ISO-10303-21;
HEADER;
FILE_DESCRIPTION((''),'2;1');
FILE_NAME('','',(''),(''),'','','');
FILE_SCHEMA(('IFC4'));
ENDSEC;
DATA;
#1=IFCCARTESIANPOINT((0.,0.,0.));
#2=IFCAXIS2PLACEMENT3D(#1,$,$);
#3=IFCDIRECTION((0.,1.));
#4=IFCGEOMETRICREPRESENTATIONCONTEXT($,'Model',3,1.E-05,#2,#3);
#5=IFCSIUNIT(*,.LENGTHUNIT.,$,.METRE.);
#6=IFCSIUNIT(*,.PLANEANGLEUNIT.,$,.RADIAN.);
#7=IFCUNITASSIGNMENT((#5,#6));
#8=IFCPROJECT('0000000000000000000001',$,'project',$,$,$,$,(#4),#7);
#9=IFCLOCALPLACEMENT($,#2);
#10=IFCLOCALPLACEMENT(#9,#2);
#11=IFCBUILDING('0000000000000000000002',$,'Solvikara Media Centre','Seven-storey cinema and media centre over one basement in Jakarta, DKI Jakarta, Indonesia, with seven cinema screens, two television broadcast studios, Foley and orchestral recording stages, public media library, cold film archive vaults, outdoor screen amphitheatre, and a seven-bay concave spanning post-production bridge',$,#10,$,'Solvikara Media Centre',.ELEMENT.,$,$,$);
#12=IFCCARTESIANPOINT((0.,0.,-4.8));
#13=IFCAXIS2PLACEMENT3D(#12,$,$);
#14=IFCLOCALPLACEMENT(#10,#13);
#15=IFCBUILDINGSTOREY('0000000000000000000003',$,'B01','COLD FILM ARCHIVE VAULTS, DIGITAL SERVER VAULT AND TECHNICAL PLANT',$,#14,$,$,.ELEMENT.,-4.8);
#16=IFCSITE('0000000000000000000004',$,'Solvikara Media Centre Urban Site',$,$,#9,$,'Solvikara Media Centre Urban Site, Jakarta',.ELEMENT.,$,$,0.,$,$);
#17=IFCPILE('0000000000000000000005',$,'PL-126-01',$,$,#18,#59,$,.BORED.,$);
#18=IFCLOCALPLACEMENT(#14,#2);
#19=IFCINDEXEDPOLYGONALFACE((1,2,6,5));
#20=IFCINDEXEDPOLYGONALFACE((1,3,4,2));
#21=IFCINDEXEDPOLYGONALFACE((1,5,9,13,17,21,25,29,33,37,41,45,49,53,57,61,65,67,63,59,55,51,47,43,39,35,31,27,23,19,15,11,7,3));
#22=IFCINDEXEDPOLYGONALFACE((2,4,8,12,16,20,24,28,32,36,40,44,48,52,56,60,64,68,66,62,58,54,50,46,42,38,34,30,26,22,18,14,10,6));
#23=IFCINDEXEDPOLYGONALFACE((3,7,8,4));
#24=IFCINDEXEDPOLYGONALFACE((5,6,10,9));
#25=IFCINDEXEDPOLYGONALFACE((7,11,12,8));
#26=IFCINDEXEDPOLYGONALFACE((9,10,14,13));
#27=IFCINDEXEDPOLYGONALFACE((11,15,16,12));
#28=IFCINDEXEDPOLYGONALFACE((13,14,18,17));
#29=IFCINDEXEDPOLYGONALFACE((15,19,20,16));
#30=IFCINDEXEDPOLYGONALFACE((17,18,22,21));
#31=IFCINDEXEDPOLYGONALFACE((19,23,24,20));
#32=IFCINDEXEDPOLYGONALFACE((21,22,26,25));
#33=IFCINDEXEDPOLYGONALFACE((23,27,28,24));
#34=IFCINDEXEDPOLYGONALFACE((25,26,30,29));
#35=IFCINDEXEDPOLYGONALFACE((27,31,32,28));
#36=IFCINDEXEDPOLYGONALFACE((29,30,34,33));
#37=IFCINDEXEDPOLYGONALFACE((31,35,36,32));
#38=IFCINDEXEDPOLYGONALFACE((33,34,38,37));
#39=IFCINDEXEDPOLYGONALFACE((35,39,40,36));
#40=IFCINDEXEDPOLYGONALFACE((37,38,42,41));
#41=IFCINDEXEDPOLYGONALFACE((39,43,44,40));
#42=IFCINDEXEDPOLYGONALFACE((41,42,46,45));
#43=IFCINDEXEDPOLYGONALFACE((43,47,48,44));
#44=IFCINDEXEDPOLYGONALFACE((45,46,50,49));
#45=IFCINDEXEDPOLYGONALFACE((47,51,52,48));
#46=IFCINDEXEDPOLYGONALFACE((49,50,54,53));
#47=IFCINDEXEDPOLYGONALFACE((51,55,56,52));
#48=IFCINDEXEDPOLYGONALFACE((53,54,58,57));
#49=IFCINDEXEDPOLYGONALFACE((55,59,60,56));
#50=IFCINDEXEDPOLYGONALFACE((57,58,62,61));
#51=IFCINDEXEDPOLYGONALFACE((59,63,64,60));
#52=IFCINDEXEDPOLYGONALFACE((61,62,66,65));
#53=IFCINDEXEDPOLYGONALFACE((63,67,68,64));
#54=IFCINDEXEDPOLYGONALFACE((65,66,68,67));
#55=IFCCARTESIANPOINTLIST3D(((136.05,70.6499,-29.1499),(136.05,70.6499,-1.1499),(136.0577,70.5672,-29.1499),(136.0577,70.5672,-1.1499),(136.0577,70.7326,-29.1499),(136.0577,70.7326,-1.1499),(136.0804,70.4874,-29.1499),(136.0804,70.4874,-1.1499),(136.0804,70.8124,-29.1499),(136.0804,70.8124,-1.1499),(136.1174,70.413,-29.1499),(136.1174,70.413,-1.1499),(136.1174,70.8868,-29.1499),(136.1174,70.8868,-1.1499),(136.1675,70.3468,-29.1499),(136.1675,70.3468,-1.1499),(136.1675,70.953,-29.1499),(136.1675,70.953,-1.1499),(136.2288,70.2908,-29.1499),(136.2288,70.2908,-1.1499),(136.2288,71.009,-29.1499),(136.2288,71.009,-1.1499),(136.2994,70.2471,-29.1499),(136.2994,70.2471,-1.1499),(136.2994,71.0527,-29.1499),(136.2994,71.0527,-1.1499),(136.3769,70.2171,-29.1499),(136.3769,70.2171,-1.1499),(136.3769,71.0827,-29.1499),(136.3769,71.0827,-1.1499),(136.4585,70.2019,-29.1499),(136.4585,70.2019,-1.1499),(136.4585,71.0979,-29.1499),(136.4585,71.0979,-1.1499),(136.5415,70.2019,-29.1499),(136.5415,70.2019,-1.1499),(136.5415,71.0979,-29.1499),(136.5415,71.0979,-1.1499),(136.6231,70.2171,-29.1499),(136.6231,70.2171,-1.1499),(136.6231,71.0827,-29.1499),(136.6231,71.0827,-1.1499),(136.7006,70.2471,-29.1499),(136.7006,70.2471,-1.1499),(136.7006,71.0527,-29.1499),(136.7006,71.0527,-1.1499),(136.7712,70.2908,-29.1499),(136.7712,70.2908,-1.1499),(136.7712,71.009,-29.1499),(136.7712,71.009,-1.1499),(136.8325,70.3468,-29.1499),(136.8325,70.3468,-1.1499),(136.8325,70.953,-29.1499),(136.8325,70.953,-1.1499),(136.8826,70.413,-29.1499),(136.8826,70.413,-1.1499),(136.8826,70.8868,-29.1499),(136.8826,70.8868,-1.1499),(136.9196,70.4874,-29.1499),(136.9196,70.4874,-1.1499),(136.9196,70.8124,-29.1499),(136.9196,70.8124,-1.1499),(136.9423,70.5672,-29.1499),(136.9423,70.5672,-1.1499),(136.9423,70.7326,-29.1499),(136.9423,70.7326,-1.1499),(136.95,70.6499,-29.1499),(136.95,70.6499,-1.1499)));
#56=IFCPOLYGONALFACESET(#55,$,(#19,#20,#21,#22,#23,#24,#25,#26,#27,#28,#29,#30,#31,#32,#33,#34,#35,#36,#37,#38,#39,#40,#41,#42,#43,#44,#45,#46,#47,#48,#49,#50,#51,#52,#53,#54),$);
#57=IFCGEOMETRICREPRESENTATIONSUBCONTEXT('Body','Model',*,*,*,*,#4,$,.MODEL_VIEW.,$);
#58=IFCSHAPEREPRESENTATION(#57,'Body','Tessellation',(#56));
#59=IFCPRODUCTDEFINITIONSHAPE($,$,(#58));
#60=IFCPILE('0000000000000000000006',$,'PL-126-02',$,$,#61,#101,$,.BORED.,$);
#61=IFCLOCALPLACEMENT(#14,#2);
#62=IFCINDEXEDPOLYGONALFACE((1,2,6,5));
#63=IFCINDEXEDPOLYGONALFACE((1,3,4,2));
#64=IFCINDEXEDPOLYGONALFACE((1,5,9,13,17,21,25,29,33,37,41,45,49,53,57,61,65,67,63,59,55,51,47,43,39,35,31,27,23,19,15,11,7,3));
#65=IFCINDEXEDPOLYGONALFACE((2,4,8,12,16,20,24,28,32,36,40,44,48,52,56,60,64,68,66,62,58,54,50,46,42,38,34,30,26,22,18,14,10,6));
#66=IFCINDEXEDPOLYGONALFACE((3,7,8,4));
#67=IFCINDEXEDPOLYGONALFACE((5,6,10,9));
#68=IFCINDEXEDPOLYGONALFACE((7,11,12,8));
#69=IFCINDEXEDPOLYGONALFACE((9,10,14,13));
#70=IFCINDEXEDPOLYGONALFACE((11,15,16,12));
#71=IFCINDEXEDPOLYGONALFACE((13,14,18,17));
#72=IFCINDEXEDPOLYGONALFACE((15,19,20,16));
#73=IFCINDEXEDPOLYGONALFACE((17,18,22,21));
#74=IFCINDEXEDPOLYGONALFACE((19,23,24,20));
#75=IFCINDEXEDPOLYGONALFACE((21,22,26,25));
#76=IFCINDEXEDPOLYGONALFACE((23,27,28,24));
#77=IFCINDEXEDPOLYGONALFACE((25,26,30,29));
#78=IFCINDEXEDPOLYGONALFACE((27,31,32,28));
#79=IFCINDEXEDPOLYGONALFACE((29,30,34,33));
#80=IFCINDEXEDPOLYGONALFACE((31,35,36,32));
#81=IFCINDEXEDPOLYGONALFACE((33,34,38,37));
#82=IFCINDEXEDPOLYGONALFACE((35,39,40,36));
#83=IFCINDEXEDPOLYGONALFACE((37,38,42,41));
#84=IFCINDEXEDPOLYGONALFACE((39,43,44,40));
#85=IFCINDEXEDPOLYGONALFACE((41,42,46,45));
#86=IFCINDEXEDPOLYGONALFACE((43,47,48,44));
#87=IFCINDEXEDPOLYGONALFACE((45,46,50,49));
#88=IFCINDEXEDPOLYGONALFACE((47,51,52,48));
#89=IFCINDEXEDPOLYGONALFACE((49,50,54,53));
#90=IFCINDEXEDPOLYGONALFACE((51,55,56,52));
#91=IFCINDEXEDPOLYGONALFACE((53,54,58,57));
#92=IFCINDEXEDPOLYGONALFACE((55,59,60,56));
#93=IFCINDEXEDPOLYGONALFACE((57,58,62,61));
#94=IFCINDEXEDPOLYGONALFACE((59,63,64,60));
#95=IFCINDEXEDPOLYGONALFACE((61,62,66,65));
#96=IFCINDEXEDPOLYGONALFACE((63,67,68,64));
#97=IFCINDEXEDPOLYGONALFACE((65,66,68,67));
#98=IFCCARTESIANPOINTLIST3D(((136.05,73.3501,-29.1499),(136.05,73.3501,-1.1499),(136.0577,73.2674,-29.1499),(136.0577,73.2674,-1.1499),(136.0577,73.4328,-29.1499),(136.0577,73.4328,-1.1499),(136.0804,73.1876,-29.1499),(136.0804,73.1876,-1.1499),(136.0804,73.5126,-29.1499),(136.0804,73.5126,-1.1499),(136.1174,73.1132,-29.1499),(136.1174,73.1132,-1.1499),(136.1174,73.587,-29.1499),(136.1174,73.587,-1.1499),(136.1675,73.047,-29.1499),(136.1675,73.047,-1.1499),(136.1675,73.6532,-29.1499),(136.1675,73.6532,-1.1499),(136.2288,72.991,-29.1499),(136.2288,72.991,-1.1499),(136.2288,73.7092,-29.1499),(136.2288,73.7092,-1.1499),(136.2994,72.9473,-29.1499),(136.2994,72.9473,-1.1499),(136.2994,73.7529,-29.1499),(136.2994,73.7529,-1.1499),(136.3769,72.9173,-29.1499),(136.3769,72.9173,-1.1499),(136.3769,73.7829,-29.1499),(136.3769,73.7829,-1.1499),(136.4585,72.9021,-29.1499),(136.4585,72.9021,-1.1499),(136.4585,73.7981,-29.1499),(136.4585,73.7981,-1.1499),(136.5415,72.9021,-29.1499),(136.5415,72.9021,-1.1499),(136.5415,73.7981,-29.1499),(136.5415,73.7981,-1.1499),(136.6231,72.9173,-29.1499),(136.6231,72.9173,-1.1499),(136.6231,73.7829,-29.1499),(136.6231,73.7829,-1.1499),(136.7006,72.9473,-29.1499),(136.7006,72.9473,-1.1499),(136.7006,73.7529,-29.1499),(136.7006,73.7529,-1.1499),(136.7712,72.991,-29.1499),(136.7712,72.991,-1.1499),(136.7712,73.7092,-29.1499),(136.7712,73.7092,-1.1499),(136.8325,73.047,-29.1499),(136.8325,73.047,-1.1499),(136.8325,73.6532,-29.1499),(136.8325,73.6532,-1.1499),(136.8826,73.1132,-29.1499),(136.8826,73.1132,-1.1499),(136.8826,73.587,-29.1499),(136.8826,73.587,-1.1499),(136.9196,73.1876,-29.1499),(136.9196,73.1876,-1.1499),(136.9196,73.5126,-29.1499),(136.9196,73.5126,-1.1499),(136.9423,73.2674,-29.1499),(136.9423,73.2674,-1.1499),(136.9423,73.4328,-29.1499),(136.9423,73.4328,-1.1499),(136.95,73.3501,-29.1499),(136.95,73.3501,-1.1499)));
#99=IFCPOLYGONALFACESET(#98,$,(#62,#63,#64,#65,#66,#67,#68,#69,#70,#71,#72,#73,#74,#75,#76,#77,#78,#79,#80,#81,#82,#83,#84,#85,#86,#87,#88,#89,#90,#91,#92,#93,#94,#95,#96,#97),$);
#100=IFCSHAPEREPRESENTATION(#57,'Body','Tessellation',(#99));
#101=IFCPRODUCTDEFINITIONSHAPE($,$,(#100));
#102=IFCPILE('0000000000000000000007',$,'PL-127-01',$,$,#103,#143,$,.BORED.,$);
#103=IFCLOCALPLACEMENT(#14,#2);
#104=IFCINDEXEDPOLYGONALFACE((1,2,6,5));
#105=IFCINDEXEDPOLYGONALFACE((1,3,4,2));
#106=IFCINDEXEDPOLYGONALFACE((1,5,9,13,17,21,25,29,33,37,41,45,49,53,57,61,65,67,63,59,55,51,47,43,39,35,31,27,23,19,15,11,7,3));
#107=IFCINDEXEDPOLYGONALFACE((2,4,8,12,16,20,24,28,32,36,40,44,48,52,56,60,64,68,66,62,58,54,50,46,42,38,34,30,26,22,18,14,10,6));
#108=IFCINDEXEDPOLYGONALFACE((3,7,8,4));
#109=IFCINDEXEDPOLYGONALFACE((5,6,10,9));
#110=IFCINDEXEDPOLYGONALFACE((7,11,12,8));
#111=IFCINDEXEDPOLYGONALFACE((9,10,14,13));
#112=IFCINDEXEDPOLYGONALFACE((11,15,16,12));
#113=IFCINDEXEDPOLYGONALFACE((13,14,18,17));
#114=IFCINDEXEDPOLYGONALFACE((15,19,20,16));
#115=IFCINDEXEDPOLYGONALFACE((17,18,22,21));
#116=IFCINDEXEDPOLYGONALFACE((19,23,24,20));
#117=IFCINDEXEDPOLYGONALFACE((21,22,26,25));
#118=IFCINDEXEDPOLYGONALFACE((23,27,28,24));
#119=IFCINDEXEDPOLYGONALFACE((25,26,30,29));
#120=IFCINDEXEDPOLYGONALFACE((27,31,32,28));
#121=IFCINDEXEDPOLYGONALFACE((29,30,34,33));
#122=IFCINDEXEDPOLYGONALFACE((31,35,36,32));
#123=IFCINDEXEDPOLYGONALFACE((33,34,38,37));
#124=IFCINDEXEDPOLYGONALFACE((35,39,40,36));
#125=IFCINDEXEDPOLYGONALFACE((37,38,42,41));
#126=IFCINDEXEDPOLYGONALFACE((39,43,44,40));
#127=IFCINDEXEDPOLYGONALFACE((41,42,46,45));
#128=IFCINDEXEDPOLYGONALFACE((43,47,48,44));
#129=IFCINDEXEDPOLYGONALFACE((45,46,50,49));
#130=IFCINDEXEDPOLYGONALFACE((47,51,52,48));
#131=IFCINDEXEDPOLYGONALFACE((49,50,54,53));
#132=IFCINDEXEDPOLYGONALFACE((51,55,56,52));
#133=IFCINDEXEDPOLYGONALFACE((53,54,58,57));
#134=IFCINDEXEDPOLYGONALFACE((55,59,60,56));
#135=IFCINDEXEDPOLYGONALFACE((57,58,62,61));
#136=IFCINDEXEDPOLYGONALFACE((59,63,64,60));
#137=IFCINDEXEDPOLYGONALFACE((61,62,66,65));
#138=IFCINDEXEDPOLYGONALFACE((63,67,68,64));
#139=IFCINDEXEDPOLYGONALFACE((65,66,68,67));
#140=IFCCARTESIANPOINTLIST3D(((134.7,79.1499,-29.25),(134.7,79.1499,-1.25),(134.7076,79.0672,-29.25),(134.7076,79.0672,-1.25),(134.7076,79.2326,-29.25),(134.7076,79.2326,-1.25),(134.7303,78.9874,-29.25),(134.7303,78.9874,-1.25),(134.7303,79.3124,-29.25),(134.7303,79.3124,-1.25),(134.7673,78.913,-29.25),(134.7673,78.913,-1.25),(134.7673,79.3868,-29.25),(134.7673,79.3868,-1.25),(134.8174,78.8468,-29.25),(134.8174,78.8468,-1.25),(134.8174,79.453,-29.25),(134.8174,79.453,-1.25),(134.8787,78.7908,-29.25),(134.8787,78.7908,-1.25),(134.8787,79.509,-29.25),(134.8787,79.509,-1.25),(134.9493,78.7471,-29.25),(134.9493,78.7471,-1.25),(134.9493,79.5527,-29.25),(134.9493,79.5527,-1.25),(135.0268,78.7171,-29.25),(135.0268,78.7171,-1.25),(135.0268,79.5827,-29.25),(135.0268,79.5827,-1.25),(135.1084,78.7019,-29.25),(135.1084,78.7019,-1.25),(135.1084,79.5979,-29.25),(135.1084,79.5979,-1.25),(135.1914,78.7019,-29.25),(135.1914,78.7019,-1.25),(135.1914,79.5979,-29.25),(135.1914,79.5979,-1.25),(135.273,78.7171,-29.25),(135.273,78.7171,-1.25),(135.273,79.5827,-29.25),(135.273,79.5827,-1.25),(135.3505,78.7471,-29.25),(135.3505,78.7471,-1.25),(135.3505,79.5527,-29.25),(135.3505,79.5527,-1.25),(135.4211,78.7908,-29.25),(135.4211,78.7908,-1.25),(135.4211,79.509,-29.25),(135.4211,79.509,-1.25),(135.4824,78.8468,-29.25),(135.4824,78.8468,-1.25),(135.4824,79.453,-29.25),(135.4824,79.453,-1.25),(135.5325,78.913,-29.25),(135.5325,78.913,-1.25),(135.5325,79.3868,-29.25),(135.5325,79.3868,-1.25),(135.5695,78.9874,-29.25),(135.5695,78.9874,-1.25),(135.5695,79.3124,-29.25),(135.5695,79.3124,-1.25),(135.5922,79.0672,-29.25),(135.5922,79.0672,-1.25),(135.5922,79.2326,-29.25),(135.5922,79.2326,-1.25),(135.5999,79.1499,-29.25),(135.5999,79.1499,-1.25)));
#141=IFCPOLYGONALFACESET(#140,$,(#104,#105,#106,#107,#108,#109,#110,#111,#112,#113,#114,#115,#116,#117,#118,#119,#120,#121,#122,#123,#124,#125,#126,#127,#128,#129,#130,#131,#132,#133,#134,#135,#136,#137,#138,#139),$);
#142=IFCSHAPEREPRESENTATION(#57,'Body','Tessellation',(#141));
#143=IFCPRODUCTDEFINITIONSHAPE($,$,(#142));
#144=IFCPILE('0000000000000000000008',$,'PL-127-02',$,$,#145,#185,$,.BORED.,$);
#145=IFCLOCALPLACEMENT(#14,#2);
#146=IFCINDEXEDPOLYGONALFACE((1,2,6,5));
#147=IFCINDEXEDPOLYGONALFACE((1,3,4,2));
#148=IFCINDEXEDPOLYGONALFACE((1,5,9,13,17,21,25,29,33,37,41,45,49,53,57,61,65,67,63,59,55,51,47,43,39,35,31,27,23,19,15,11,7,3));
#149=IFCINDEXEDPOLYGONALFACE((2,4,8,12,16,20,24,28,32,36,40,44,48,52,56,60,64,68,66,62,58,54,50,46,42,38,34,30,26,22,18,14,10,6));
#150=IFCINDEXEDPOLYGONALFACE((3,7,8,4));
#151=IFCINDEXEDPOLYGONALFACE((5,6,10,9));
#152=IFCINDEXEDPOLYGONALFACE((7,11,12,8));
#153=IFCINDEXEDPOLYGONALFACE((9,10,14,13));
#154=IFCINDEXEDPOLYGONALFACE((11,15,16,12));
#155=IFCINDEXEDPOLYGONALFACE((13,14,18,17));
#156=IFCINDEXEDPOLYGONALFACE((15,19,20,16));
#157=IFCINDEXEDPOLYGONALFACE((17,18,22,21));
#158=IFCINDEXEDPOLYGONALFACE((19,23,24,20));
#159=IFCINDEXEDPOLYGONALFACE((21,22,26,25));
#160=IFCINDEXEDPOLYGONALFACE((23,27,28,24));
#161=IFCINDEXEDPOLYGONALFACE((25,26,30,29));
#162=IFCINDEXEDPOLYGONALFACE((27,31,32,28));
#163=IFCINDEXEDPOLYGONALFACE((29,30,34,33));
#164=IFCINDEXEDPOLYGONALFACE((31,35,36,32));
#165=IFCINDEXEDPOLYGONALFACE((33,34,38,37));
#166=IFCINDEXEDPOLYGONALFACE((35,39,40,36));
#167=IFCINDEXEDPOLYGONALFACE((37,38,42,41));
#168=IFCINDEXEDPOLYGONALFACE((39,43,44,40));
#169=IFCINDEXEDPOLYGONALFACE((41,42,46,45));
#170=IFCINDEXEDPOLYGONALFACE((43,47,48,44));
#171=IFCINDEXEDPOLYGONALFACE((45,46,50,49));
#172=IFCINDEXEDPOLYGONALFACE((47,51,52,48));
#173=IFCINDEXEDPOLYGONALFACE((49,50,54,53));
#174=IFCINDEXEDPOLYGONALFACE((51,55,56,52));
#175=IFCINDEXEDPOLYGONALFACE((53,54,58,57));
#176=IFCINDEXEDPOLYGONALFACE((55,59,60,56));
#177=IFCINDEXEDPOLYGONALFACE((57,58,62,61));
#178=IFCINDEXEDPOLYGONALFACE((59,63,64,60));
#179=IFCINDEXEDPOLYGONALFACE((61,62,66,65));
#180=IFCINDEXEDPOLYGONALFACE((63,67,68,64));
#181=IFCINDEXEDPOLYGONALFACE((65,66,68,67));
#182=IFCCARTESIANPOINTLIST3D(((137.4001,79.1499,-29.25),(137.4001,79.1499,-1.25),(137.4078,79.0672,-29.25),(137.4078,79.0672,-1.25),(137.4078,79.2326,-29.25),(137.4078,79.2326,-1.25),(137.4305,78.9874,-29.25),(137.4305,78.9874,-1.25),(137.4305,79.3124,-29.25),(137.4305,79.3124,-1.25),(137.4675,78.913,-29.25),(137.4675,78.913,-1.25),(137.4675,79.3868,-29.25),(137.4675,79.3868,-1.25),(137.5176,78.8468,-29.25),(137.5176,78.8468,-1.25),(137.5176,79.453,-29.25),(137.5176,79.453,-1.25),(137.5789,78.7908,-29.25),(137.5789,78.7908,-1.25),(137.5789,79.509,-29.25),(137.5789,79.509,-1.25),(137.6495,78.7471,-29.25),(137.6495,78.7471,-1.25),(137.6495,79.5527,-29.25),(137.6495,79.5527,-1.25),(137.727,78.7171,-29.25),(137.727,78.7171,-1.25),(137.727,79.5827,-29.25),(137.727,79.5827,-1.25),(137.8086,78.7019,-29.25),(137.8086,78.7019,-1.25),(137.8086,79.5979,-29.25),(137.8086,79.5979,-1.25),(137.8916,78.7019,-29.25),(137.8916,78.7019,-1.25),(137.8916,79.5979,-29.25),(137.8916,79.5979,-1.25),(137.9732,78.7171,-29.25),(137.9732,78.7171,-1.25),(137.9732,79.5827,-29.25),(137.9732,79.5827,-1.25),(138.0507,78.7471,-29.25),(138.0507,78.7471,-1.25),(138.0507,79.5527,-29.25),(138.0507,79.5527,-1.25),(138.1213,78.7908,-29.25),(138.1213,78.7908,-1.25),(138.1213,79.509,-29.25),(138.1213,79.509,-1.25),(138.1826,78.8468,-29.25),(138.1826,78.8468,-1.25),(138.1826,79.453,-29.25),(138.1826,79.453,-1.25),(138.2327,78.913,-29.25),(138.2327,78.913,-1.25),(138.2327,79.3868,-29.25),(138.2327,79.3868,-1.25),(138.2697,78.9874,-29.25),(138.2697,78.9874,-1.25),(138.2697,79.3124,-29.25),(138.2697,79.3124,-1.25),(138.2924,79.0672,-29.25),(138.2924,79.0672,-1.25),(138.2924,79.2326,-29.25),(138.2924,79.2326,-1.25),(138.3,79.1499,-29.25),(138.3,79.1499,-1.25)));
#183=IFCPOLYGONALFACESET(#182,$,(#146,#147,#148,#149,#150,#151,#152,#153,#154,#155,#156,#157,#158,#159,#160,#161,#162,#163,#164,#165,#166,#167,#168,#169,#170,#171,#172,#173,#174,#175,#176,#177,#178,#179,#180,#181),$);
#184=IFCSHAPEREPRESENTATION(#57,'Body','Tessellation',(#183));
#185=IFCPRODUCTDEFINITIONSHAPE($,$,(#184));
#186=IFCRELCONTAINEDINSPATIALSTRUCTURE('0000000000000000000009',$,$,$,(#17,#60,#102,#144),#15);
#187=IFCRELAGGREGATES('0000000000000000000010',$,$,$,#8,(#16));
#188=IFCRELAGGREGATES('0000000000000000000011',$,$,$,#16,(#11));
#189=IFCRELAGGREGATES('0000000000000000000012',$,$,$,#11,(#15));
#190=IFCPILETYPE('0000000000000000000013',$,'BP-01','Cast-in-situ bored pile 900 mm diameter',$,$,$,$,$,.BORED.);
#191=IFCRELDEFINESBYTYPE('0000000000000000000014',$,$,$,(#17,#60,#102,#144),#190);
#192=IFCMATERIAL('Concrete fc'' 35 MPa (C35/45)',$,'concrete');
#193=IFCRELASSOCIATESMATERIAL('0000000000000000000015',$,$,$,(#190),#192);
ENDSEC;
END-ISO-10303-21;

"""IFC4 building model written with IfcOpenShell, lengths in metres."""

from ifc_helpers import new_model, si_unit, direction, frame, origin, origin_2d, place, context, subcontext, project, spatial, circle, extrude, material, material_profile, profile_set, type_object, element, save


model = new_model("IFC4")

# Units and contexts
model_context = context("Model", 3, precision=1e-05, world=origin(), true_north=direction((0.0, 1.0)))
body_context = subcontext(model_context, "Body", "Model", "MODEL_VIEW")
ifc_project = project(units=[si_unit("LENGTHUNIT", "METRE"), si_unit("PLANEANGLEUNIT", "RADIAN")], contexts=[model_context])

# Site, building, storey
site_placement = place(None, origin())
site = spatial("IfcSite", under=ifc_project, at=site_placement, Name="Solvikara Media Centre Urban Site", LongName="Solvikara Media Centre Urban Site, Jakarta", CompositionType="ELEMENT", RefElevation=0.0)
building_placement = place(site_placement, origin())
building = spatial("IfcBuilding", under=site, at=building_placement, Name="Solvikara Media Centre", Description="Seven-storey cinema and media centre over one basement in Jakarta, DKI Jakarta, Indonesia, with seven cinema screens, two television broadcast studios, Foley and orchestral recording stages, public media library, cold film archive vaults, outdoor screen amphitheatre, and a seven-bay concave spanning post-production bridge", LongName="Solvikara Media Centre", CompositionType="ELEMENT")
storey_placement = place(building_placement, frame((0.0, 0.0, -4.8)))
storey = spatial("IfcBuildingStorey", under=building, at=storey_placement, Name="B01", Description="COLD FILM ARCHIVE VAULTS, DIGITAL SERVER VAULT AND TECHNICAL PLANT", CompositionType="ELEMENT", Elevation=-4.8)

# Piles
ifc_material_1 = material(Name="Concrete fc' 35 MPa (C35/45)", Category="concrete")
ifc_material_profile_1 = material_profile(ifc_material_1, circle(Radius=0.45, at=origin_2d()), Name="BORED PILE D900")
ifc_profile_set_1 = profile_set([ifc_material_profile_1], Name="Concrete fc' 35 MPa (C35/45)")
pile_type_1 = type_object("IfcPileType", Name="BP-01", Description="Cast-in-situ bored pile 900 mm diameter", PredefinedType="BORED", material=ifc_profile_set_1)
for number, where, z_axis, x_axis, name in (
    (1, (136.5, 70.6499, -1.1499), (0.0, 0.0, -1.0), (1.0, 0.0, 0.0), "PL-126-01"),
    (2, (136.5, 73.3501, -1.1499), (0.0, 0.0, -1.0), (1.0, 0.0, 0.0), "PL-126-02"),
    (3, (135.1499, 79.1499, -1.25), (0.0, 0.0, -1.0), (1.0, 0.0, 0.0), "PL-127-01"),
    (4, (137.8501, 79.1499, -1.25), (0.0, 0.0, -1.0), (1.0, 0.0, 0.0), "PL-127-02"),
):
    element("IfcPile", number, at=place(storey_placement, frame(where, z_axis=z_axis, x_axis=x_axis)), inside=storey, type_object=pile_type_1, Name=name, PredefinedType="BORED", context=body_context, shape_type="SweptSolid", body=[
        extrude(circle(Radius=0.45, at=origin_2d()), origin(), (0.0, 0.0, 1.0), 28.0),
    ])

save(model, "model.ifc")
